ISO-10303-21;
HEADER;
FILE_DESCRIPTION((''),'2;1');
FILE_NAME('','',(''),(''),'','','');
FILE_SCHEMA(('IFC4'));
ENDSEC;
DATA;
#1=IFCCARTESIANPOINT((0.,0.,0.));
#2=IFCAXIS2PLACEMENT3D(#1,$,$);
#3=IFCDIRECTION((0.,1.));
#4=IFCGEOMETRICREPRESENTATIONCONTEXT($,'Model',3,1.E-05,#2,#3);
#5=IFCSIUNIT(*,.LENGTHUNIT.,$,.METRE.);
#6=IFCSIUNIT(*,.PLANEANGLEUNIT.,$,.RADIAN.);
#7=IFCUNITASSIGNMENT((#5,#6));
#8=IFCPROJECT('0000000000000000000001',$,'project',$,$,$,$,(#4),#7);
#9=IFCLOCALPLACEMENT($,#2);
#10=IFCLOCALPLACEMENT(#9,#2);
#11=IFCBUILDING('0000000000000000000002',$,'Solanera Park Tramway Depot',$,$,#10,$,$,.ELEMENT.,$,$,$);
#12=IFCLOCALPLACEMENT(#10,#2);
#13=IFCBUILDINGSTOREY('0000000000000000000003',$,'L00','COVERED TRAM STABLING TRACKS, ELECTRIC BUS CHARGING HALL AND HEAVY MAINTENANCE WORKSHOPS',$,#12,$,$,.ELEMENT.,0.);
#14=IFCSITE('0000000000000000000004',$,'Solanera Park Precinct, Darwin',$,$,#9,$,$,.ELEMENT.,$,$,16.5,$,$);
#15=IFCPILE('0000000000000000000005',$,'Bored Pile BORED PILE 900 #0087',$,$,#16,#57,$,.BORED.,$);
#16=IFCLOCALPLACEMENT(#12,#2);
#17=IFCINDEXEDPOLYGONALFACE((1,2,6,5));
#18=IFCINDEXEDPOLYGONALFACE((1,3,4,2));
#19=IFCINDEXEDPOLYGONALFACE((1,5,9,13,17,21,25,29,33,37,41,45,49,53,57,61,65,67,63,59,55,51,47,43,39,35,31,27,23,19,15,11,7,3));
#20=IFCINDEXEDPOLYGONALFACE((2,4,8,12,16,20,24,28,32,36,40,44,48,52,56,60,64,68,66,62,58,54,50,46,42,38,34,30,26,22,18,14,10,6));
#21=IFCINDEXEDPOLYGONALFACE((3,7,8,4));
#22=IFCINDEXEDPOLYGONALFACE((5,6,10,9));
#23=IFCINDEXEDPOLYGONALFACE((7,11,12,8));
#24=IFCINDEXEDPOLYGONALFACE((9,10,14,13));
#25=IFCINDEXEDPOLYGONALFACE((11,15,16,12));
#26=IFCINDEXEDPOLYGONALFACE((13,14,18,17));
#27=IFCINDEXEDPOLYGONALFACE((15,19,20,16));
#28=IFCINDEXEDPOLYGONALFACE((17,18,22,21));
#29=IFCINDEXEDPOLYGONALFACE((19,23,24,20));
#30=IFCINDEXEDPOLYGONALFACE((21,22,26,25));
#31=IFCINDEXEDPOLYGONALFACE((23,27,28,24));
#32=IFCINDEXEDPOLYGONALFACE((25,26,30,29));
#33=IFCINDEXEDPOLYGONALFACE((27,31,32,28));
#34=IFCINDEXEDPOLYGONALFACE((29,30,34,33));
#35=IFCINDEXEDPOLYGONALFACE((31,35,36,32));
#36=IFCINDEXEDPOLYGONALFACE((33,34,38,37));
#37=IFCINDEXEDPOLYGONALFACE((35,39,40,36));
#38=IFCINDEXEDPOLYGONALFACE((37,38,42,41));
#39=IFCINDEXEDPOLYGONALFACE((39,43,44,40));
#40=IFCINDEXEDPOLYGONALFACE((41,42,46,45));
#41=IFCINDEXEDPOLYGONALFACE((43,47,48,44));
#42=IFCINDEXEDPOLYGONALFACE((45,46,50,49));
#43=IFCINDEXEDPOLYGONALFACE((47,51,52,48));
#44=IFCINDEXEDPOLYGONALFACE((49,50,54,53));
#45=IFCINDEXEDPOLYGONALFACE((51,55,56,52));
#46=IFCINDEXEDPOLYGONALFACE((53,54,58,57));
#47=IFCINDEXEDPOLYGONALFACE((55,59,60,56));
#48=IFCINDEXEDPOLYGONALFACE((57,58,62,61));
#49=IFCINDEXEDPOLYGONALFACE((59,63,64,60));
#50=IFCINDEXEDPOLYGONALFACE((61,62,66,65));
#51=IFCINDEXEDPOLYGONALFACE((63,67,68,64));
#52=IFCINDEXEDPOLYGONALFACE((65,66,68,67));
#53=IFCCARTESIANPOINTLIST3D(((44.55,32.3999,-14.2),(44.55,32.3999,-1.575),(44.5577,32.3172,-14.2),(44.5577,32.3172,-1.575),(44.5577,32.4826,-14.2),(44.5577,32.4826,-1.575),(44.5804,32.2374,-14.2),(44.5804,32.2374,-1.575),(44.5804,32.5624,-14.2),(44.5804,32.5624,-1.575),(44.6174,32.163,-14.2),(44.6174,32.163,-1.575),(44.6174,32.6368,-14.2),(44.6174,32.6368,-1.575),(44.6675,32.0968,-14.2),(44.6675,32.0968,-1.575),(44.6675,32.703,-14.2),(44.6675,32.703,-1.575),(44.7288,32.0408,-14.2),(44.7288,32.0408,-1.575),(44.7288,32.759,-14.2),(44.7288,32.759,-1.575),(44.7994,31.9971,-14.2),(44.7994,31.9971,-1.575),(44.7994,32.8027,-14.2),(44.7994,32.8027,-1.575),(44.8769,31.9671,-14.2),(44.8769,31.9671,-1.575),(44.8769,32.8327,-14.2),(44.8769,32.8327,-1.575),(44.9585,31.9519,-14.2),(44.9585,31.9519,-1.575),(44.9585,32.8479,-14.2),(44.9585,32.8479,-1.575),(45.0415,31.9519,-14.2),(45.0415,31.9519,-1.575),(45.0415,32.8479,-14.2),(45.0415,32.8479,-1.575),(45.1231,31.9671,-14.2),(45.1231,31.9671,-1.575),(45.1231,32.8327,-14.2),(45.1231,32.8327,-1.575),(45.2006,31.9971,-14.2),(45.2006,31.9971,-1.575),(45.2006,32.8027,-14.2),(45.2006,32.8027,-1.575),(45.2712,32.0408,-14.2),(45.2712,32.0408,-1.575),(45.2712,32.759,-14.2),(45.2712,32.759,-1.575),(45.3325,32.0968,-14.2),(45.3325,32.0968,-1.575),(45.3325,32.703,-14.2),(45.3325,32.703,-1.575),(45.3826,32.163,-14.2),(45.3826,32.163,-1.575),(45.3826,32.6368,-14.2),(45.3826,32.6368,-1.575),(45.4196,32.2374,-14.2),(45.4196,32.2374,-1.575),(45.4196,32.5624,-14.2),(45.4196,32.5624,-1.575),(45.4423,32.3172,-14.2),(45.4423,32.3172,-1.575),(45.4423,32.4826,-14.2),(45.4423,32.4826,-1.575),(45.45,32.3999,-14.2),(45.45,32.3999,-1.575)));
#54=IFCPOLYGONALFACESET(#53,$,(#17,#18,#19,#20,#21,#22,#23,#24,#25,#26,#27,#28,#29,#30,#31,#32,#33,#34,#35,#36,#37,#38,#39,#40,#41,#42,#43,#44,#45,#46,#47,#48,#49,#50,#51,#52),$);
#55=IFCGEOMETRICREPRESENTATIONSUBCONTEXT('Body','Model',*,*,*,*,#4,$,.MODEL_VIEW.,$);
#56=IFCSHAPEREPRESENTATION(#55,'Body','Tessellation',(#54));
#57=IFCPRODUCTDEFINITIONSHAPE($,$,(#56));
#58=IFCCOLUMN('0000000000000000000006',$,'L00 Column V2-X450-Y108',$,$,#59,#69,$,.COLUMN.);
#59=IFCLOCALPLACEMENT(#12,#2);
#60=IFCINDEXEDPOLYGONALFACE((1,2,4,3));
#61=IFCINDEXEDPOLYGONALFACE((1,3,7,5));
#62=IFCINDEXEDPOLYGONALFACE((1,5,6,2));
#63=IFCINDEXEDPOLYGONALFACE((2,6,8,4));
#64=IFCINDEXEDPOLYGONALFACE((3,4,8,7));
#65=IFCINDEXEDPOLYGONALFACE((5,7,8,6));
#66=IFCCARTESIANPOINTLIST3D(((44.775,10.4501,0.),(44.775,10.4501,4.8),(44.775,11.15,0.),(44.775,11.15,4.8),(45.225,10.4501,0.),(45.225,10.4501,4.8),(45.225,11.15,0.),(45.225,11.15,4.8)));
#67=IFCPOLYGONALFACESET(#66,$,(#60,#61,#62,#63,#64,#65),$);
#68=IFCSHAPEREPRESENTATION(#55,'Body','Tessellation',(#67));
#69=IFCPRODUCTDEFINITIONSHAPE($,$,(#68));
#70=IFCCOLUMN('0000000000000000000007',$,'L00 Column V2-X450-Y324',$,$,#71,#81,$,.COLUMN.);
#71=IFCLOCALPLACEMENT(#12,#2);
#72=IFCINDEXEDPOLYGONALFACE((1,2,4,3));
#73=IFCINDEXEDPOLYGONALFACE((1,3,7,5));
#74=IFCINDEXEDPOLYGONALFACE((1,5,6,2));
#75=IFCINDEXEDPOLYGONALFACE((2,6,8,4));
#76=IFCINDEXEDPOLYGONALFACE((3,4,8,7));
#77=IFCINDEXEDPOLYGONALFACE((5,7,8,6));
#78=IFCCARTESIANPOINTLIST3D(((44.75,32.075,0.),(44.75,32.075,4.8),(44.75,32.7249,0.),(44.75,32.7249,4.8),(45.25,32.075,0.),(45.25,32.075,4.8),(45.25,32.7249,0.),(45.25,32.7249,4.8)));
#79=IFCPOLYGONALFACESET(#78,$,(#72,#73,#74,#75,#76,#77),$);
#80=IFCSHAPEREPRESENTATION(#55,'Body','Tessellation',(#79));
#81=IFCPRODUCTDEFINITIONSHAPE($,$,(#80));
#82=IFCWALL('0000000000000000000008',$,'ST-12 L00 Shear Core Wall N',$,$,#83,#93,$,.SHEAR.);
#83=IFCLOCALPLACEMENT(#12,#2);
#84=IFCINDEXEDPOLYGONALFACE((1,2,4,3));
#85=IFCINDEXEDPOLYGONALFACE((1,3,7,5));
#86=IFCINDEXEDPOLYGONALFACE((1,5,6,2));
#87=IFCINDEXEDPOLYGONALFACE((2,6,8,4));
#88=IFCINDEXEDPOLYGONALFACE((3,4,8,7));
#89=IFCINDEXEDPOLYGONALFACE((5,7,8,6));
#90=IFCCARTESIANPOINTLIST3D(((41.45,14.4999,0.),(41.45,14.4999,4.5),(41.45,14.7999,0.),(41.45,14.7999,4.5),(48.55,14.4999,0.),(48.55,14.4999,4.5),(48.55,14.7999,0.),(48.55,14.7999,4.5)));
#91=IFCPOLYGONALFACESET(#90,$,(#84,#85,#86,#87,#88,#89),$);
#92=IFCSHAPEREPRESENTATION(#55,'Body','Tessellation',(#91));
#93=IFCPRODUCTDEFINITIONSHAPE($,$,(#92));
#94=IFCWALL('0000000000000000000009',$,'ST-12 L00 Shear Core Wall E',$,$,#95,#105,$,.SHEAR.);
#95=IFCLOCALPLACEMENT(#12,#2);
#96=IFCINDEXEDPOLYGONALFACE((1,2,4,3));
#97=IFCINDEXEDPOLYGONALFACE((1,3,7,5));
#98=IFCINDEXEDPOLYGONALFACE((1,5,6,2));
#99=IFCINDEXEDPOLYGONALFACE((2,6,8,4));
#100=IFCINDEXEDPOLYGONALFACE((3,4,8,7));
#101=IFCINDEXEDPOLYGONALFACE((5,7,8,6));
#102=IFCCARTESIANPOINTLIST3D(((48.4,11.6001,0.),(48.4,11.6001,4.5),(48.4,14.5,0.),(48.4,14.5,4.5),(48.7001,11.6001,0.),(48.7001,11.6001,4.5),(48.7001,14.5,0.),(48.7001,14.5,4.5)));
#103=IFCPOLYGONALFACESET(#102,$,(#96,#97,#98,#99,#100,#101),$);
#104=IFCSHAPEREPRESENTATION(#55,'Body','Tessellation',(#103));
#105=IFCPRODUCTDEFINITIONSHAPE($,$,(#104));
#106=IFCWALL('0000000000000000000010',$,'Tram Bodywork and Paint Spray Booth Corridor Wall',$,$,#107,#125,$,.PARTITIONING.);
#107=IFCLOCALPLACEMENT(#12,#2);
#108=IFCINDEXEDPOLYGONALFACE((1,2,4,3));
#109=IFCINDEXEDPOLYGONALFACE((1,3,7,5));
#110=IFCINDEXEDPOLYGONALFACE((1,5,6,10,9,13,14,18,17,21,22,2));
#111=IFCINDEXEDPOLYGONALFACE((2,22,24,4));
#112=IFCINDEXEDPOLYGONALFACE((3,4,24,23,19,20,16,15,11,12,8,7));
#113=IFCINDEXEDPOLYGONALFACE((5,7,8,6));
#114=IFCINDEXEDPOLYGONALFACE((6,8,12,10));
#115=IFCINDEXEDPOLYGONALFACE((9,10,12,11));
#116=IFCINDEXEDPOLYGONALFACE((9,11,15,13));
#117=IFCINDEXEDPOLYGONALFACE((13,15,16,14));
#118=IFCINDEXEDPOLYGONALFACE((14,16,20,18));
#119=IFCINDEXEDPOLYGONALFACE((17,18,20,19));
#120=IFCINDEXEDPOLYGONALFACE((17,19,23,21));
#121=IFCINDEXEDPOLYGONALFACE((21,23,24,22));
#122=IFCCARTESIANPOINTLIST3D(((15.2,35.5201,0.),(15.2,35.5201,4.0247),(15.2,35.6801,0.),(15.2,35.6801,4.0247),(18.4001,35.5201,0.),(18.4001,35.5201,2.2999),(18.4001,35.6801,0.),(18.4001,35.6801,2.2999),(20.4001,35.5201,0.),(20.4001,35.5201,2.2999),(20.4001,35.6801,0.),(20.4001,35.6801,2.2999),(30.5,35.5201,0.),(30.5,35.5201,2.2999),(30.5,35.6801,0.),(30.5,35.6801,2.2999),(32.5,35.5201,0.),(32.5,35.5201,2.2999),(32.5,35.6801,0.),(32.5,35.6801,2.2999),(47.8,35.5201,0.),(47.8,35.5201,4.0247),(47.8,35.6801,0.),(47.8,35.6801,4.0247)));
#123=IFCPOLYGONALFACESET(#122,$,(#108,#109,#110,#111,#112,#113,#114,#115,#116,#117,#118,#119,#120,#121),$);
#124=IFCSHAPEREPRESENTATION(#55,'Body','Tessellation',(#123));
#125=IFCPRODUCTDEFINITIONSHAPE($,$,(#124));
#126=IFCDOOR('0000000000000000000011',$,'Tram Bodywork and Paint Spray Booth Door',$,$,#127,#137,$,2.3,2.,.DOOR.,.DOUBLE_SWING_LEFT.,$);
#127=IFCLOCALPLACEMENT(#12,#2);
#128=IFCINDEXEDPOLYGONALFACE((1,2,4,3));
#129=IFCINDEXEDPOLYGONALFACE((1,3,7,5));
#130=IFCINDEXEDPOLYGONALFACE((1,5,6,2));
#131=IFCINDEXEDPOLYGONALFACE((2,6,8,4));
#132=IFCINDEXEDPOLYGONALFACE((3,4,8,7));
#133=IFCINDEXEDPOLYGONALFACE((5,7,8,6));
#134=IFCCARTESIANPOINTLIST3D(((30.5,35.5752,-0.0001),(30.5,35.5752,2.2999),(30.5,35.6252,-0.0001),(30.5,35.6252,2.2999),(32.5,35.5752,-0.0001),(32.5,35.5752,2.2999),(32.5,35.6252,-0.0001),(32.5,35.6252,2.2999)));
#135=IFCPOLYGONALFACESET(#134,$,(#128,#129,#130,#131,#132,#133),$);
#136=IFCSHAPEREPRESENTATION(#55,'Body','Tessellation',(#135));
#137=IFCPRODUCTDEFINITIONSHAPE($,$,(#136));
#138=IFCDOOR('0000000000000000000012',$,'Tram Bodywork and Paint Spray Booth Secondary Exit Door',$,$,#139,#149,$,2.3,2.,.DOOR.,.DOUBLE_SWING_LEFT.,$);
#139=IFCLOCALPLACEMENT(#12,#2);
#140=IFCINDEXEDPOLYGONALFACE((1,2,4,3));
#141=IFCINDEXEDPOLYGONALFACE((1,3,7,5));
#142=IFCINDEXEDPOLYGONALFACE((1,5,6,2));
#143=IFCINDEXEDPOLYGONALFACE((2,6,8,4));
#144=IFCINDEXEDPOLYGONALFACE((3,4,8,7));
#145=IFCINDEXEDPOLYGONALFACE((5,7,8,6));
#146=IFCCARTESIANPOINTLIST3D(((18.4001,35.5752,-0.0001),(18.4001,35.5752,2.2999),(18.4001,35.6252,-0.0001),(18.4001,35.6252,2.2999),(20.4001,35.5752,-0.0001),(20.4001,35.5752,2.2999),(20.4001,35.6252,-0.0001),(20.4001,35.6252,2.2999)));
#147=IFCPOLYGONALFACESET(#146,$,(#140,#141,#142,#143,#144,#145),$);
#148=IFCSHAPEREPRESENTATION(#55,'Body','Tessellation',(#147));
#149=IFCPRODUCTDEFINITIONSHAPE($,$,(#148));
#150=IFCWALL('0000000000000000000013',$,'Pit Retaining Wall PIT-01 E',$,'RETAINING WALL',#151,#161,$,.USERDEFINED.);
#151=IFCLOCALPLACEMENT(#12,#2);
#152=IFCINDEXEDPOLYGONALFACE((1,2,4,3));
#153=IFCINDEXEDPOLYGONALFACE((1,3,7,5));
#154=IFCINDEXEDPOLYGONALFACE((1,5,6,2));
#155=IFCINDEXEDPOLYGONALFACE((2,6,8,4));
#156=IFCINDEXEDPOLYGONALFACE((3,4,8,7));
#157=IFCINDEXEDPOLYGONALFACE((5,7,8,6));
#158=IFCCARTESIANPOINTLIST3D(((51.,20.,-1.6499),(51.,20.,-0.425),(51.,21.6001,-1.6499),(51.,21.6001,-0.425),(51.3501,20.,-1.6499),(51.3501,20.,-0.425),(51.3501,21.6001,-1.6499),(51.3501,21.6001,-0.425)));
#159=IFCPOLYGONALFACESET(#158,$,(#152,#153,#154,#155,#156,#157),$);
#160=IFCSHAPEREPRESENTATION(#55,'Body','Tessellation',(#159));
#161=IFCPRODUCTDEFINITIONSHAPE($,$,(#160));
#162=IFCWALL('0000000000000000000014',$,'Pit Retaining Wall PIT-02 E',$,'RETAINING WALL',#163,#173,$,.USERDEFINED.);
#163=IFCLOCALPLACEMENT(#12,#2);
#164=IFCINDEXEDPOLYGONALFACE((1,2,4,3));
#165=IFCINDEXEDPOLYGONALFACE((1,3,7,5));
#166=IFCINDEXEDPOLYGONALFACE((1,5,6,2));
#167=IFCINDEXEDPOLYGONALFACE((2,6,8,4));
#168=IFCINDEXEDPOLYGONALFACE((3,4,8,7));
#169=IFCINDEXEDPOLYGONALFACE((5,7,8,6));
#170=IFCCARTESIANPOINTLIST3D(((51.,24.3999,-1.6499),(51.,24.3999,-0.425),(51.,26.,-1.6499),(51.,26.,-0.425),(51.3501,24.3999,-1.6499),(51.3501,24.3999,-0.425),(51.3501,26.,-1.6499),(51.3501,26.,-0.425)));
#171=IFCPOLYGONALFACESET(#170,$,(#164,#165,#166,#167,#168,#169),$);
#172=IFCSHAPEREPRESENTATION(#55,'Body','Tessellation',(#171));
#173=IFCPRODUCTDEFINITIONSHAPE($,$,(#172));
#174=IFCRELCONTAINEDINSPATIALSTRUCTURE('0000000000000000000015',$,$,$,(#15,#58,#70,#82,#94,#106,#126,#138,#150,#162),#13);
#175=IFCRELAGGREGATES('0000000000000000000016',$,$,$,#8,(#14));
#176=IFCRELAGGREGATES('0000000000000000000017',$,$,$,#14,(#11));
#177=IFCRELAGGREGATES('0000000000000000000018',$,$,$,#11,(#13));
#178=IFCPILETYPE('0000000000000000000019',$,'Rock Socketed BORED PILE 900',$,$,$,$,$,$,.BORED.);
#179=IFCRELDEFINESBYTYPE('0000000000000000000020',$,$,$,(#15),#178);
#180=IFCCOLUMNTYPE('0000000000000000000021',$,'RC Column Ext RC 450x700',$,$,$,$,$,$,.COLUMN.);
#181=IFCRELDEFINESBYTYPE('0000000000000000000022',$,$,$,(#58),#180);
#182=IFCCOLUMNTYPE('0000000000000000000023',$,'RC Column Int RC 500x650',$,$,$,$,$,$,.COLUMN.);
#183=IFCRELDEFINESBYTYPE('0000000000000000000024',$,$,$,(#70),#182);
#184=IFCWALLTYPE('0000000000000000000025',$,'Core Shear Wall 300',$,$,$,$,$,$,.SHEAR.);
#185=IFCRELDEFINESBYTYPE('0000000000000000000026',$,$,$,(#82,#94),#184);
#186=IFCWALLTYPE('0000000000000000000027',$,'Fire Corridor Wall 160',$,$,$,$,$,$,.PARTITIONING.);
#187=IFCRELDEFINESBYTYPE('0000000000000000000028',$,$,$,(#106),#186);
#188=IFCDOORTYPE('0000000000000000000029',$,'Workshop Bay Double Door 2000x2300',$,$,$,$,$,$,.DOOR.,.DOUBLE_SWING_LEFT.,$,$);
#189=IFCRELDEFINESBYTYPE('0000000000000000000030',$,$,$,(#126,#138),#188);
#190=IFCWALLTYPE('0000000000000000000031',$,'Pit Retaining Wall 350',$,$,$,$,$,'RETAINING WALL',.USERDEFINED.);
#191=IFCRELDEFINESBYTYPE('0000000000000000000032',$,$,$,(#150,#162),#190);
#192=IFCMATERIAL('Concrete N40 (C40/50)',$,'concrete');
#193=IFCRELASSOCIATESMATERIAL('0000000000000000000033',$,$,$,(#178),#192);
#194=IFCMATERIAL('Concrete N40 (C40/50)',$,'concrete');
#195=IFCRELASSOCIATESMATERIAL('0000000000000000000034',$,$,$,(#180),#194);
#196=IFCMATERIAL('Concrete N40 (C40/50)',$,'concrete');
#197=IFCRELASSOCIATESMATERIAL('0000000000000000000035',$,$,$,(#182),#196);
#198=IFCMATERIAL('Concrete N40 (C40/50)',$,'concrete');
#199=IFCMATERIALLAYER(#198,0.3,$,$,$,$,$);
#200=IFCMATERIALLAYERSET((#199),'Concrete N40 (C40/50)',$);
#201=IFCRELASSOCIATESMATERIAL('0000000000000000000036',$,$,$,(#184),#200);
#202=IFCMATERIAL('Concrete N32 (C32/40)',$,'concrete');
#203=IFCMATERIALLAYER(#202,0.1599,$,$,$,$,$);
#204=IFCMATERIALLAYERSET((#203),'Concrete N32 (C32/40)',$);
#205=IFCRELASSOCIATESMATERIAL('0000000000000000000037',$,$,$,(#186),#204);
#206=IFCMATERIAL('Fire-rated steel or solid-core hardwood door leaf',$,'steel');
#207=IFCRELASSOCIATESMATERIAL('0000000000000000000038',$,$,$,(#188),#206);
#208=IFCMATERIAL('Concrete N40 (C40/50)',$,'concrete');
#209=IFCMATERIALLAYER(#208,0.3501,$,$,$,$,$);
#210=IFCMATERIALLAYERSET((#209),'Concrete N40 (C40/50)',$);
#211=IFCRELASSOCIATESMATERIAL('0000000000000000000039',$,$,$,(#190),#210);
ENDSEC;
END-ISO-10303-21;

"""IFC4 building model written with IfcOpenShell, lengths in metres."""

from ifc_helpers import new_model, si_unit, direction, frame, frame_2d, origin, origin_2d, place, context, subcontext, project, spatial, rectangle, circle, extrude, material, layer, layer_set, material_profile, profile_set, type_object, element, fill, save


model = new_model("IFC4")

# Units and contexts
model_context = context("Model", 3, precision=1e-05, world=origin(), true_north=direction((0.0, 1.0)))
body_context = subcontext(model_context, "Body", "Model", "MODEL_VIEW")
ifc_project = project(units=[si_unit("LENGTHUNIT", "METRE"), si_unit("PLANEANGLEUNIT", "RADIAN")], contexts=[model_context])

# Site, building, storey
site_placement = place(None, origin())
site = spatial("IfcSite", under=ifc_project, at=site_placement, Name="Solanera Park Precinct, Darwin", CompositionType="ELEMENT", RefElevation=16.5)
building_placement = place(site_placement, origin())
building = spatial("IfcBuilding", under=site, at=building_placement, Name="Solanera Park Tramway Depot", CompositionType="ELEMENT")
storey_placement = place(building_placement, origin())
storey = spatial("IfcBuildingStorey", under=building, at=storey_placement, Name="L00", Description="COVERED TRAM STABLING TRACKS, ELECTRIC BUS CHARGING HALL AND HEAVY MAINTENANCE WORKSHOPS", CompositionType="ELEMENT", Elevation=0.0)

# Pile
ifc_material_1 = material(Name="Concrete N40 (C40/50)", Category="concrete")
ifc_material_profile_1 = material_profile(ifc_material_1, circle(Radius=0.45, at=origin_2d()), Name="BORED PILE 900")
ifc_profile_set_1 = profile_set([ifc_material_profile_1], Name="Concrete N40 (C40/50)")
pile_type_1 = type_object("IfcPileType", Name="Rock Socketed BORED PILE 900", PredefinedType="BORED", material=ifc_profile_set_1)
pile_placement = place(storey_placement, frame((45.0, 32.3999, -1.575), z_axis=(0.0, 0.0, -1.0), x_axis=(1.0, 0.0, 0.0)))
element("IfcPile", 1, at=pile_placement, inside=storey, type_object=pile_type_1, Name="Bored Pile BORED PILE 900 #0087", PredefinedType="BORED", context=body_context, shape_type="SweptSolid", body=[
    extrude(circle(Radius=0.45, at=origin_2d()), origin(), (0.0, 0.0, 1.0), 12.625),
])

# Columns
ifc_material_2 = material(Name="Concrete N40 (C40/50)", Category="concrete")
ifc_material_profile_2 = material_profile(ifc_material_2, rectangle(XDim=0.45, YDim=0.7, at=origin_2d()), Name="RC 450x700")
ifc_profile_set_2 = profile_set([ifc_material_profile_2], Name="Concrete N40 (C40/50)")
column_type_1 = type_object("IfcColumnType", Name="RC Column Ext RC 450x700", PredefinedType="COLUMN", material=ifc_profile_set_2)
column_1_placement = place(storey_placement, frame((45.0, 10.8, 0.0), z_axis=(0.0, 0.0, 1.0), x_axis=(1.0, 0.0, 0.0)))
element("IfcColumn", 2, at=column_1_placement, inside=storey, type_object=column_type_1, Name="L00 Column V2-X450-Y108", PredefinedType="COLUMN", context=body_context, shape_type="SweptSolid", body=[
    extrude(rectangle(XDim=0.45, YDim=0.7, at=origin_2d()), origin(), (0.0, 0.0, 1.0), 4.8),
])
ifc_material_3 = material(Name="Concrete N40 (C40/50)", Category="concrete")
ifc_material_profile_3 = material_profile(ifc_material_3, rectangle(XDim=0.5, YDim=0.6499, at=origin_2d()), Name="RC 500x650")
ifc_profile_set_3 = profile_set([ifc_material_profile_3], Name="Concrete N40 (C40/50)")
column_type_2 = type_object("IfcColumnType", Name="RC Column Int RC 500x650", PredefinedType="COLUMN", material=ifc_profile_set_3)
column_2_placement = place(storey_placement, frame((45.0, 32.3999, 0.0), z_axis=(0.0, 0.0, 1.0), x_axis=(1.0, 0.0, 0.0)))
element("IfcColumn", 3, at=column_2_placement, inside=storey, type_object=column_type_2, Name="L00 Column V2-X450-Y324", PredefinedType="COLUMN", context=body_context, shape_type="SweptSolid", body=[
    extrude(rectangle(XDim=0.5, YDim=0.6499, at=origin_2d()), origin(), (0.0, 0.0, 1.0), 4.8),
])

# Walls
ifc_material_4 = material(Name="Concrete N40 (C40/50)", Category="concrete")
ifc_layer_1 = layer(ifc_material_4, 0.3)
ifc_layer_set_1 = layer_set([ifc_layer_1], Name="Concrete N40 (C40/50)")
wall_type_1 = type_object("IfcWallType", Name="Core Shear Wall 300", PredefinedType="SHEAR", material=ifc_layer_set_1)
wall_1_placement = place(storey_placement, frame((48.55, 14.6499, 0.0), z_axis=(0.0, 0.0, 1.0), x_axis=(-1.0, 0.0, 0.0)))
element("IfcWall", 4, at=wall_1_placement, inside=storey, type_object=wall_type_1, Name="ST-12 L00 Shear Core Wall N", PredefinedType="SHEAR", context=body_context, shape_type="SweptSolid", body=[
    extrude(rectangle(XDim=7.1001, YDim=0.3, at=frame_2d((3.55, 0.0))), origin(), (0.0, 0.0, 1.0), 4.5),
])
wall_2_placement = place(storey_placement, frame((48.55, 11.6001, 0.0), z_axis=(0.0, 0.0, 1.0), x_axis=(0.0, 1.0, 0.0)))
element("IfcWall", 5, at=wall_2_placement, inside=storey, type_object=wall_type_1, Name="ST-12 L00 Shear Core Wall E", PredefinedType="SHEAR", context=body_context, shape_type="SweptSolid", body=[
    extrude(rectangle(XDim=2.8999, YDim=0.3, at=frame_2d((1.45, 0.0))), origin(), (0.0, 0.0, 1.0), 4.5),
])

# Wall, openings, doors
ifc_material_5 = material(Name="Concrete N32 (C32/40)", Category="concrete")
ifc_layer_2 = layer(ifc_material_5, 0.1599)
ifc_layer_set_2 = layer_set([ifc_layer_2], Name="Concrete N32 (C32/40)")
wall_type_2 = type_object("IfcWallType", Name="Fire Corridor Wall 160", PredefinedType="PARTITIONING", material=ifc_layer_set_2)
wall_3_placement = place(storey_placement, frame((47.8, 35.6001, 0.0), z_axis=(0.0, 0.0, 1.0), x_axis=(-1.0, 0.0, 0.0)))
wall_3 = element("IfcWall", 6, at=wall_3_placement, inside=storey, type_object=wall_type_2, Name="Tram Bodywork and Paint Spray Booth Corridor Wall", PredefinedType="PARTITIONING", context=body_context, shape_type="SweptSolid", body=[
    extrude(rectangle(XDim=32.6001, YDim=0.1599, at=frame_2d((16.3, 0.0))), origin(), (0.0, 0.0, 1.0), 4.0247),
])
opening_1_placement = place(wall_3_placement, frame((15.3, 0.0, 0.0)))
opening_1 = element("IfcOpeningElement", 7, at=opening_1_placement, cuts=wall_3, PredefinedType="OPENING", context=body_context, shape_type="SweptSolid", body=[
    extrude(rectangle(XDim=2.0, YDim=2.3, at=frame_2d((1.0, 1.1499))), frame((0.0, 0.0898, 0.0), z_axis=(0.0, -1.0, 0.0), x_axis=(1.0, 0.0, 0.0)), (0.0, 0.0, 1.0), 0.1799),
])
opening_2_placement = place(wall_3_placement, frame((27.3999, 0.0, 0.0)))
opening_2 = element("IfcOpeningElement", 8, at=opening_2_placement, cuts=wall_3, PredefinedType="OPENING", context=body_context, shape_type="SweptSolid", body=[
    extrude(rectangle(XDim=2.0, YDim=2.3, at=frame_2d((1.0, 1.1499))), frame((0.0, 0.0898, 0.0), z_axis=(0.0, -1.0, 0.0), x_axis=(1.0, 0.0, 0.0)), (0.0, 0.0, 1.0), 0.1799),
])
ifc_material_6 = material(Name="Fire-rated steel or solid-core hardwood door leaf", Category="steel")
door_type = type_object("IfcDoorType", Name="Workshop Bay Double Door 2000x2300", OperationType="DOUBLE_SWING_LEFT", PredefinedType="DOOR", material=ifc_material_6)
door_1_placement = place(opening_1_placement, origin())
door_1 = element("IfcDoor", 9, at=door_1_placement, inside=storey, type_object=door_type, Name="Tram Bodywork and Paint Spray Booth Door", OperationType="DOUBLE_SWING_LEFT", OverallHeight=2.3, OverallWidth=2.0, PredefinedType="DOOR", context=body_context, shape_type="SweptSolid", body=[
    extrude(rectangle(XDim=2.0, YDim=2.3, at=frame_2d((1.0, 1.1499))), frame((0.0, 0.0249, 0.0), z_axis=(0.0, -1.0, 0.0), x_axis=(1.0, 0.0, 0.0)), (0.0, 0.0, 1.0), 0.05),
])
fill(opening_1, door_1)
door_2_placement = place(opening_2_placement, origin())
door_2 = element("IfcDoor", 10, at=door_2_placement, inside=storey, type_object=door_type, Name="Tram Bodywork and Paint Spray Booth Secondary Exit Door", OperationType="DOUBLE_SWING_LEFT", OverallHeight=2.3, OverallWidth=2.0, PredefinedType="DOOR", context=body_context, shape_type="SweptSolid", body=[
    extrude(rectangle(XDim=2.0, YDim=2.3, at=frame_2d((1.0, 1.1499))), frame((0.0, 0.0249, 0.0), z_axis=(0.0, -1.0, 0.0), x_axis=(1.0, 0.0, 0.0)), (0.0, 0.0, 1.0), 0.05),
])
fill(opening_2, door_2)

# Walls
ifc_material_7 = material(Name="Concrete N40 (C40/50)", Category="concrete")
ifc_layer_3 = layer(ifc_material_7, 0.3501)
ifc_layer_set_3 = layer_set([ifc_layer_3], Name="Concrete N40 (C40/50)")
wall_type_3 = type_object("IfcWallType", Name="Pit Retaining Wall 350", ElementType="RETAINING WALL", PredefinedType="USERDEFINED", material=ifc_layer_set_3)
for number, where, z_axis, x_axis, name in (
    (11, (51.175, 20.0, -1.6499), (0.0, 0.0, 1.0), (0.0, 1.0, 0.0), "Pit Retaining Wall PIT-01 E"),
    (12, (51.175, 24.3999, -1.6499), (0.0, 0.0, 1.0), (0.0, 1.0, 0.0), "Pit Retaining Wall PIT-02 E"),
):
    element("IfcWall", number, at=place(storey_placement, frame(where, z_axis=z_axis, x_axis=x_axis)), inside=storey, type_object=wall_type_3, Name=name, ObjectType="RETAINING WALL", PredefinedType="USERDEFINED", context=body_context, shape_type="SweptSolid", body=[
        extrude(rectangle(XDim=1.6001, YDim=0.3501, at=frame_2d((0.8, 0.0))), origin(), (0.0, 0.0, 1.0), 1.2249),
    ])

save(model, "model.ifc")
